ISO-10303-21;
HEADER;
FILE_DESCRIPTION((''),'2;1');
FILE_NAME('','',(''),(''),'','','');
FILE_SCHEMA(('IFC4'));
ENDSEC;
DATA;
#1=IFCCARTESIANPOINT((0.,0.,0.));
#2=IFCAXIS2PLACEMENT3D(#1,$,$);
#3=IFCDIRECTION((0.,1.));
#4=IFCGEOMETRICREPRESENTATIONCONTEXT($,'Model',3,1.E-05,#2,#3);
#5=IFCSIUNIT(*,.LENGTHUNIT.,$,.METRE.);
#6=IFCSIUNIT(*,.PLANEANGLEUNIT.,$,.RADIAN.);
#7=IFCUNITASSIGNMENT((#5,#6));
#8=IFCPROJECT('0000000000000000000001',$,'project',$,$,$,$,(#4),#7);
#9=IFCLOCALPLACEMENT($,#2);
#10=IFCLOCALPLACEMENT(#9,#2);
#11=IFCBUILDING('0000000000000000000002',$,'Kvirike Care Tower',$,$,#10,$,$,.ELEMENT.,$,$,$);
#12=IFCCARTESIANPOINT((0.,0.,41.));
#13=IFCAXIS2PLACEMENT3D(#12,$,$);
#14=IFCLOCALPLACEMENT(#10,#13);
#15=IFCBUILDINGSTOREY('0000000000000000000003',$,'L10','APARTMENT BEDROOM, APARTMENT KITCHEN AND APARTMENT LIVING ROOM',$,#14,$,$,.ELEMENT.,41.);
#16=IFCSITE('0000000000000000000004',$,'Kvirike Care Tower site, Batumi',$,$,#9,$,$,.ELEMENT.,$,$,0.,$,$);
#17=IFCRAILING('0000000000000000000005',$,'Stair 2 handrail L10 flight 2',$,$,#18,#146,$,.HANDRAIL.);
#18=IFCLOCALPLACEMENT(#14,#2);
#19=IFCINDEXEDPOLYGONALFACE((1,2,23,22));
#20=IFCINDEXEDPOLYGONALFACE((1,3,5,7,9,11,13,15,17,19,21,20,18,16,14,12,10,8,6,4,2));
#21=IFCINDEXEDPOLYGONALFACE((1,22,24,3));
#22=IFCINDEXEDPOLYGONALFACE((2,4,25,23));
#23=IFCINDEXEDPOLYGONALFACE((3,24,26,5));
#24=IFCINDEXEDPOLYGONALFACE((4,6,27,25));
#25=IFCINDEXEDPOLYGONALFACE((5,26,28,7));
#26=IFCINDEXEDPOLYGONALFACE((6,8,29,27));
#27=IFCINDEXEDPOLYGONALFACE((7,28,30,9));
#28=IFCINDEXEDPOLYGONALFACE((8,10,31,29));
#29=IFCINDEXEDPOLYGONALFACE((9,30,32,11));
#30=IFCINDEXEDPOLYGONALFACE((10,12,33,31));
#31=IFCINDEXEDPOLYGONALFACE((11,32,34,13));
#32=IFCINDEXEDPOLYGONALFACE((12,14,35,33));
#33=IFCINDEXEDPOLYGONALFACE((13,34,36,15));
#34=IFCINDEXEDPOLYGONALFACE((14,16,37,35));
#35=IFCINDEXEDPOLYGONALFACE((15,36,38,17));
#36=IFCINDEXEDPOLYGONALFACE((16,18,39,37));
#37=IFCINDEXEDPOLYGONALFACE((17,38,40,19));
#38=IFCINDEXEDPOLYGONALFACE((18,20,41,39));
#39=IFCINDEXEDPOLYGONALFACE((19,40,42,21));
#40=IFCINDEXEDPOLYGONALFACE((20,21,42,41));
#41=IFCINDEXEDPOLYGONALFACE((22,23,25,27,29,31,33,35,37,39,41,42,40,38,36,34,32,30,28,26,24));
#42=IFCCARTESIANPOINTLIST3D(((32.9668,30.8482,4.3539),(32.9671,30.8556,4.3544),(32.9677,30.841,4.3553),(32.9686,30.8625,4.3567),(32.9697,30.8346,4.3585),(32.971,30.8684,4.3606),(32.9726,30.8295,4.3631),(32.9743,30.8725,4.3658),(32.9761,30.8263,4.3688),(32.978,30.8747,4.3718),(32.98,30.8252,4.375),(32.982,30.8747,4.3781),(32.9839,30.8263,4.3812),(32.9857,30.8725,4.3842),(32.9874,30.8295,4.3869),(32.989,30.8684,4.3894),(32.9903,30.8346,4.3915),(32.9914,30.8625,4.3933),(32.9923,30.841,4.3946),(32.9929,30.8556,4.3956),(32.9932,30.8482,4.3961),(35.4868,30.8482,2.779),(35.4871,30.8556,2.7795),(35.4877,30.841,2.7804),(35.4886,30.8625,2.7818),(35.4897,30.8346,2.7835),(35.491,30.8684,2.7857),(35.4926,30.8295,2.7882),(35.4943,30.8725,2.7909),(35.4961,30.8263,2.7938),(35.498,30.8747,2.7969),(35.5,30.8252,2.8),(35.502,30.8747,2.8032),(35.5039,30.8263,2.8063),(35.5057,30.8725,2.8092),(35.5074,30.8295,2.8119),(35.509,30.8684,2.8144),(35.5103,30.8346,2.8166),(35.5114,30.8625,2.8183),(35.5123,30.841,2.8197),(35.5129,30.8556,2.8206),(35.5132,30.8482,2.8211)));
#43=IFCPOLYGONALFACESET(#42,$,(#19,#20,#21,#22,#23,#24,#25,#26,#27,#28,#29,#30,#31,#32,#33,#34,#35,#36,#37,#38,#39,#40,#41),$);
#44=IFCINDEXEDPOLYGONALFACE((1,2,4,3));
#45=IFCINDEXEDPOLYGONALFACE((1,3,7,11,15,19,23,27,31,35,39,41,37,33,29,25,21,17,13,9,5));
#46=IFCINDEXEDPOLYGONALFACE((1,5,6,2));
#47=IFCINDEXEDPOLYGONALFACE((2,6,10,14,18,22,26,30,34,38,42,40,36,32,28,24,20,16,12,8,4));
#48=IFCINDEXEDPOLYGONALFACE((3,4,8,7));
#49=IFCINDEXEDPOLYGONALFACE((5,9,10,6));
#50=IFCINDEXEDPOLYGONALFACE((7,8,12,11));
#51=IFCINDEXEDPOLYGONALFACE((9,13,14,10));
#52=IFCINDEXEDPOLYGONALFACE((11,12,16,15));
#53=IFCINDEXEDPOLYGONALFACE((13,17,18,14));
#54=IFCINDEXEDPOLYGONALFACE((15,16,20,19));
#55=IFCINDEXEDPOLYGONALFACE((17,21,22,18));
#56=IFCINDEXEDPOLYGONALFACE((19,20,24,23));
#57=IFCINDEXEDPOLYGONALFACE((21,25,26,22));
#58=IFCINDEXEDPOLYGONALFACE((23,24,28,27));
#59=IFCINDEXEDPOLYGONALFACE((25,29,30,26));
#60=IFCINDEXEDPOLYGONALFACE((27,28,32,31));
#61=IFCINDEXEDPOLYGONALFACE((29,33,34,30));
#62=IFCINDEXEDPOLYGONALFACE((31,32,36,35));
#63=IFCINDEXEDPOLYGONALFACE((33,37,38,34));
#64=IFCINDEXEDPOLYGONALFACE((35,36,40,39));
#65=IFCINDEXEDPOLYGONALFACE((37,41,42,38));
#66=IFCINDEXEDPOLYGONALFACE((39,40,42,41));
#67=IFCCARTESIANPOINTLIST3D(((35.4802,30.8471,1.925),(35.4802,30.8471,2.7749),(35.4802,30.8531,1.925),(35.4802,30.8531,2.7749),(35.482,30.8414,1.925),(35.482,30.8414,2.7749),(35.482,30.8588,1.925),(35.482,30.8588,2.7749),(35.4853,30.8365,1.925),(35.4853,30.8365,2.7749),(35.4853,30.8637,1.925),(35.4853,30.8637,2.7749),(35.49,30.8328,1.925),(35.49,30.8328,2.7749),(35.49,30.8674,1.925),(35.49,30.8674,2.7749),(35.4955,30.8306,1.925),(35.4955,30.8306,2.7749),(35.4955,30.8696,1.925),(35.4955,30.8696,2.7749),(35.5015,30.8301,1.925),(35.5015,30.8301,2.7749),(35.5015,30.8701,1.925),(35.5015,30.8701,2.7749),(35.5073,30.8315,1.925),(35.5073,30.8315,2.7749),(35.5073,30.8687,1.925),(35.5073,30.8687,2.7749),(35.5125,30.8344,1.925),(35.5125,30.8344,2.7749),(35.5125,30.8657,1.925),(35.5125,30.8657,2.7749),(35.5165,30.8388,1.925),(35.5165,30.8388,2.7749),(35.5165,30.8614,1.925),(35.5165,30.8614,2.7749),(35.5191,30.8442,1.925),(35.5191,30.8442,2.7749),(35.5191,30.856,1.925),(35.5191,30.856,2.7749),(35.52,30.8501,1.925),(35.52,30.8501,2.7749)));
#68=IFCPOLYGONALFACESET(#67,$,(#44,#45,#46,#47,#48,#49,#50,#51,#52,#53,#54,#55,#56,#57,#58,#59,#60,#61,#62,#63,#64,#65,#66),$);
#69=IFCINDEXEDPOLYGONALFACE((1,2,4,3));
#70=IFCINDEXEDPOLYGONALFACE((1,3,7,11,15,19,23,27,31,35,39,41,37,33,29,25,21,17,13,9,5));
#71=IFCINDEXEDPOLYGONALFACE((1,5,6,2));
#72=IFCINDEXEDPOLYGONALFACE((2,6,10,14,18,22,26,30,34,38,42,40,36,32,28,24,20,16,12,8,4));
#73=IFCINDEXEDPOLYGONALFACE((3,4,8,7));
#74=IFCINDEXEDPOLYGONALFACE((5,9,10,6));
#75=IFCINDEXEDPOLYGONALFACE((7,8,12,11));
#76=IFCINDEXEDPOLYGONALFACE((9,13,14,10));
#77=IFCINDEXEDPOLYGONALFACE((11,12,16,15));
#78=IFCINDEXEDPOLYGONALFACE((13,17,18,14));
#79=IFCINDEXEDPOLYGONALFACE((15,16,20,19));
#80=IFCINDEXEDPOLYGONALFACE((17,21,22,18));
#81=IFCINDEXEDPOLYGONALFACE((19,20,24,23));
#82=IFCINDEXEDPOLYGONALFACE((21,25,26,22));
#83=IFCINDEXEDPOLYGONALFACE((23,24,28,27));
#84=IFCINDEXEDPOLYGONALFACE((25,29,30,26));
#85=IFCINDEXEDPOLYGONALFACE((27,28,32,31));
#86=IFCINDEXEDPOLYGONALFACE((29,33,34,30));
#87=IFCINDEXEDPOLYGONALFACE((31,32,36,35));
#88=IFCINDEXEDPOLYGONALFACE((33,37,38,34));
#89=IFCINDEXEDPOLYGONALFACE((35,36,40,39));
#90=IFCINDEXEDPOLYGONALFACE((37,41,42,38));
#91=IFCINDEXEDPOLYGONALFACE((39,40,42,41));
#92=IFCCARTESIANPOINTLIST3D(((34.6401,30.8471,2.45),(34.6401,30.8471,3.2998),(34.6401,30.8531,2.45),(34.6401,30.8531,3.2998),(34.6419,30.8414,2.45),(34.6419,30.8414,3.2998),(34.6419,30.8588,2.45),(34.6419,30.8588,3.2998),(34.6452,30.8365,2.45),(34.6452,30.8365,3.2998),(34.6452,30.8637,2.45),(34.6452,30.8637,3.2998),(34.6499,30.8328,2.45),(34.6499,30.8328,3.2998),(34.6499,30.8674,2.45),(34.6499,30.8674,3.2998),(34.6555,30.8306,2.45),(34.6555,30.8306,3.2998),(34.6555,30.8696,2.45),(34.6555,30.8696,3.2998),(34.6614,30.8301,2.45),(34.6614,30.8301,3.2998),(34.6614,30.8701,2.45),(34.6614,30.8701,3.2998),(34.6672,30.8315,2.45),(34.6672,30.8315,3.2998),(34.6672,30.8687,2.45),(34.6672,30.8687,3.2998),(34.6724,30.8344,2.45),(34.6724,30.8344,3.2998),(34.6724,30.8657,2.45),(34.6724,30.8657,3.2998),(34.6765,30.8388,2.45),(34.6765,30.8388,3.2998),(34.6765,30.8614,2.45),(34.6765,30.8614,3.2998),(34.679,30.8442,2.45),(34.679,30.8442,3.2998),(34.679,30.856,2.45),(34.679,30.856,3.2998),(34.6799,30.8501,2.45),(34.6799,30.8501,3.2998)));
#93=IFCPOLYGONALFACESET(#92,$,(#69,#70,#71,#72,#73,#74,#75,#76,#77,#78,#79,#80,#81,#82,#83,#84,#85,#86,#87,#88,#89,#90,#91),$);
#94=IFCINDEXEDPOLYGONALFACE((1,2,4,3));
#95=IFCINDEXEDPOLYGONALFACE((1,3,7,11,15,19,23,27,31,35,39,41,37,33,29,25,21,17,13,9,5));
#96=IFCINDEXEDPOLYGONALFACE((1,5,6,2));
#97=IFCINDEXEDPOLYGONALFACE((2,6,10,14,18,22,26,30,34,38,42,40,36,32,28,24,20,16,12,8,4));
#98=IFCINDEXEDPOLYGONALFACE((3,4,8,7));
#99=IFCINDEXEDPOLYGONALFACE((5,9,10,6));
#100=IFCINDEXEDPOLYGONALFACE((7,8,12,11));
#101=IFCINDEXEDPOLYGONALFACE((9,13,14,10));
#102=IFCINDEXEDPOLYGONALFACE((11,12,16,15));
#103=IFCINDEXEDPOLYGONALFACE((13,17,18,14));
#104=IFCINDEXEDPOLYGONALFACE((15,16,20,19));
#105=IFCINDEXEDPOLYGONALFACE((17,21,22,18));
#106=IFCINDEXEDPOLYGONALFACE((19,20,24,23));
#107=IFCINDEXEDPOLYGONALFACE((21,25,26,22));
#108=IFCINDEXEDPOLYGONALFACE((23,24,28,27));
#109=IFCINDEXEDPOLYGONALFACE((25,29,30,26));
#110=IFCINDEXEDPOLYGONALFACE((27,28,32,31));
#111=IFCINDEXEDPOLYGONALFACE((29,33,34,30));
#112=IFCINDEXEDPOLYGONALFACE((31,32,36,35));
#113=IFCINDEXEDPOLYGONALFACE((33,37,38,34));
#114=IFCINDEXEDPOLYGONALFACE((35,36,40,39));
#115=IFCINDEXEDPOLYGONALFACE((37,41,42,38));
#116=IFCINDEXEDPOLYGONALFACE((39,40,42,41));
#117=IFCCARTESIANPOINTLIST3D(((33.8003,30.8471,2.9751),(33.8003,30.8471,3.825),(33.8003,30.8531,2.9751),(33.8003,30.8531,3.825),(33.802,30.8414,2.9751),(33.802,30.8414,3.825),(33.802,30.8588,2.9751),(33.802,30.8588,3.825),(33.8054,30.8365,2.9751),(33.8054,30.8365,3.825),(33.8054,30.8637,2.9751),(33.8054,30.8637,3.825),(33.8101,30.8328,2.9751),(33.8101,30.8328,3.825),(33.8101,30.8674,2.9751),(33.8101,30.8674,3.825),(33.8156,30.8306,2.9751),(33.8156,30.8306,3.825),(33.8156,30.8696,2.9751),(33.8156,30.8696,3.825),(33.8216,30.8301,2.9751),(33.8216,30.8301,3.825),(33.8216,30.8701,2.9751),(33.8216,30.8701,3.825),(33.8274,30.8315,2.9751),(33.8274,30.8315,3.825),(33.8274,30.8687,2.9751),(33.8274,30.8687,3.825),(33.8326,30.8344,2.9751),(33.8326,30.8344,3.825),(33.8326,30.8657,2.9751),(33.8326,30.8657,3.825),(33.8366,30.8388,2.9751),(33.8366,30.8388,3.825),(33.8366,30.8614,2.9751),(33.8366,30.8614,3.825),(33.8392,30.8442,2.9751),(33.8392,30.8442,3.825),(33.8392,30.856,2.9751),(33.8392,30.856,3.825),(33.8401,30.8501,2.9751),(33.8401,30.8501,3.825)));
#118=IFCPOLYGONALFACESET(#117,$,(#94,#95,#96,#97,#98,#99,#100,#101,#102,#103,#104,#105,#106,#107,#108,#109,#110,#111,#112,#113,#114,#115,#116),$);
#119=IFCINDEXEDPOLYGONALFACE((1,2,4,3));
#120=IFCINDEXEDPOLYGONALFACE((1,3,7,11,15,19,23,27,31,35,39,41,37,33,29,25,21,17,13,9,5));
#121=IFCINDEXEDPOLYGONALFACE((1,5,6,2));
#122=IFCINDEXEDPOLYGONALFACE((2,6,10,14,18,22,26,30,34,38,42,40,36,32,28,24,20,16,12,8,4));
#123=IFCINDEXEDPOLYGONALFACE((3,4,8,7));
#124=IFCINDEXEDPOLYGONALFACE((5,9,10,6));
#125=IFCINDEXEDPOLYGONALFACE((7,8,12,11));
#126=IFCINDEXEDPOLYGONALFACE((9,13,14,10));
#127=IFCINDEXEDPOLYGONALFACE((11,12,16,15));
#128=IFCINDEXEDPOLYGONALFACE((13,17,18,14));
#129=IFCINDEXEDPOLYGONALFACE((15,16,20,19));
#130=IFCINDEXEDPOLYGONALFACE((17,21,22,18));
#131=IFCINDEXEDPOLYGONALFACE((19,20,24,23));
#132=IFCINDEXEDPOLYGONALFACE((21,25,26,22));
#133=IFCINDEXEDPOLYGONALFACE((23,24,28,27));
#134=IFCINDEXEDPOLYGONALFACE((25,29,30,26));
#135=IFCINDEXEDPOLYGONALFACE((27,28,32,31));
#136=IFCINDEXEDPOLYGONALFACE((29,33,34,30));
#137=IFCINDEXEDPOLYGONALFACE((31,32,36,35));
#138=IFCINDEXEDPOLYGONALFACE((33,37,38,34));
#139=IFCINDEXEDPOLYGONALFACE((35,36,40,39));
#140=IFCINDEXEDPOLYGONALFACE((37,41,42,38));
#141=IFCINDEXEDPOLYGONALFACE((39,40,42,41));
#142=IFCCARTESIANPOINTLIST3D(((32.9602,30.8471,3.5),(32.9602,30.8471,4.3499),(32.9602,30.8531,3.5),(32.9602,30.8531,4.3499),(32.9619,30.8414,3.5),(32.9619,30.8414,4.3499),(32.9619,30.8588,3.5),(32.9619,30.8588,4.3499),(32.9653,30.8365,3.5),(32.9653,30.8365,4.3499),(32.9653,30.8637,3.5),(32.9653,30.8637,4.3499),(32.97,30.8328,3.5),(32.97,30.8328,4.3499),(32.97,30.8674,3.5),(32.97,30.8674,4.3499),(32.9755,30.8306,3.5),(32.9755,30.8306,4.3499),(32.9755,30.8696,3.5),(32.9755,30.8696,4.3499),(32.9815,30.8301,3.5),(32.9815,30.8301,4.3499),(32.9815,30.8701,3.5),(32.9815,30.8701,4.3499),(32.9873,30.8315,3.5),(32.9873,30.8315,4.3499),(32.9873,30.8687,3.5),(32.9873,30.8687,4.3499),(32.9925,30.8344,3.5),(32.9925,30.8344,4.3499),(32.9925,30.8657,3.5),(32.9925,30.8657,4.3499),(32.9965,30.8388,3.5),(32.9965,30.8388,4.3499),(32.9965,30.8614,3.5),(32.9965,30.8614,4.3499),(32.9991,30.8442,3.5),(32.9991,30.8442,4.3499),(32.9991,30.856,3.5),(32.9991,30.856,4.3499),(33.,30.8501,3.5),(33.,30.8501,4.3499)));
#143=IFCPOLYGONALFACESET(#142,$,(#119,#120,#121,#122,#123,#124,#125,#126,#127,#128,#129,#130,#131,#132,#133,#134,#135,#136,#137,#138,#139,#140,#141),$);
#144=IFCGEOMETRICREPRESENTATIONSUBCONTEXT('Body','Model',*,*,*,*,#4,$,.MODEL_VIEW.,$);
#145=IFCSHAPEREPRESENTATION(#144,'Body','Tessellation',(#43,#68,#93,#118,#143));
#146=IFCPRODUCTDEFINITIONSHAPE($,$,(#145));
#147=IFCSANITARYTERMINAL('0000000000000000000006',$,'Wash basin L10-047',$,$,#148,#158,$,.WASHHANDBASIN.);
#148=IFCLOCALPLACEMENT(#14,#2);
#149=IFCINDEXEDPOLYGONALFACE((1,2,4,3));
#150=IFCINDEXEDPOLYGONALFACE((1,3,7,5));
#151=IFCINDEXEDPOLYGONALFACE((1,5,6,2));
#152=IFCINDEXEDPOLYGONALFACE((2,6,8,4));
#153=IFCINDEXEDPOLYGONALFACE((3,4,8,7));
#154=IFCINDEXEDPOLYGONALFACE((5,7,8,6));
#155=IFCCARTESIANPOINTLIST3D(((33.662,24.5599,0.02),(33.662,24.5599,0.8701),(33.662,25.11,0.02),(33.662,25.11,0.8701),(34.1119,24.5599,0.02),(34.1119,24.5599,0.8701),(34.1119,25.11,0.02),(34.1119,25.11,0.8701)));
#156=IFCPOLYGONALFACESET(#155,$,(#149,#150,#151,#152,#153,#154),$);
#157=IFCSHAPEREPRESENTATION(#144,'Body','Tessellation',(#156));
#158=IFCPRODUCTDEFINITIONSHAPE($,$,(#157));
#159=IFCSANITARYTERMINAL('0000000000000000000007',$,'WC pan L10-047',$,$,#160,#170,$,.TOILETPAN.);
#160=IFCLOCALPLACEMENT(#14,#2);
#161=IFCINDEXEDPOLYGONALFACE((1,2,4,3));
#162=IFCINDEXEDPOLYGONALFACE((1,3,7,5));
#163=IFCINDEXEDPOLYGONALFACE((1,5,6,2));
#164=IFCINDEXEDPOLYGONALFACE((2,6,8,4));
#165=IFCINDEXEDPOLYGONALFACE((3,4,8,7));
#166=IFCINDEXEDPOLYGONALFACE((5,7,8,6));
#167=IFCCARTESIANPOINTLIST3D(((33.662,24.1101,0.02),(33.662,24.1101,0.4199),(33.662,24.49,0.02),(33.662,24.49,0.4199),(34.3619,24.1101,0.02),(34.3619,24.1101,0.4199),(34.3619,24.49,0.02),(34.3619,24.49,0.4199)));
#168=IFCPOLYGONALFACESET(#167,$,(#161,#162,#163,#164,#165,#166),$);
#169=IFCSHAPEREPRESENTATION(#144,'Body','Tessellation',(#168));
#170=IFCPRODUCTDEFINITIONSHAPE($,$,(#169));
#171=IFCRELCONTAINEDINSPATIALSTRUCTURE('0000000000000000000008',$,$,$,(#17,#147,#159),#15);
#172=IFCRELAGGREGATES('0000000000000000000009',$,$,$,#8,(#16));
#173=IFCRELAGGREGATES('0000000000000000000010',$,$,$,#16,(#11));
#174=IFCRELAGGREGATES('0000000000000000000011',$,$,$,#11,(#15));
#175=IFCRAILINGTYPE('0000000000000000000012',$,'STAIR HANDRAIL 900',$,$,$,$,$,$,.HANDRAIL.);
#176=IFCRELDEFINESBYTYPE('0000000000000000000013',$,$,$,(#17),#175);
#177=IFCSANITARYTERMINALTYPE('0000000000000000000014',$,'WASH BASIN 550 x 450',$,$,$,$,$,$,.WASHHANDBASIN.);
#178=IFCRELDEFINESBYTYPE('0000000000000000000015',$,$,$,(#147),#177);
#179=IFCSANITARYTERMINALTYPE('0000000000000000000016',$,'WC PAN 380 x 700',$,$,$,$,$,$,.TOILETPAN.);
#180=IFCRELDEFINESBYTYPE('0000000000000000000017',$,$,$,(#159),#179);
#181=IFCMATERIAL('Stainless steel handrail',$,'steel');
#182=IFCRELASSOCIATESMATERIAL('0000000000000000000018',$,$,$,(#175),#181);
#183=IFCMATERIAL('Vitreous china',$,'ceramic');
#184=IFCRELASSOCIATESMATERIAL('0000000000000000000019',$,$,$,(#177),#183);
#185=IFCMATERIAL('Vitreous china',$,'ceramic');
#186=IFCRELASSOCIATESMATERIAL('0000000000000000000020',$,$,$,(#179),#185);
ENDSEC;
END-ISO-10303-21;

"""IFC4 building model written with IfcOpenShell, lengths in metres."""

from ifc_helpers import new_model, si_unit, direction, frame, origin, origin_2d, place, context, subcontext, project, spatial, rectangle, circle, extrude, material, type_object, element, save


model = new_model("IFC4")

# Units and contexts
model_context = context("Model", 3, precision=1e-05, world=origin(), true_north=direction((0.0, 1.0)))
body_context = subcontext(model_context, "Body", "Model", "MODEL_VIEW")
ifc_project = project(units=[si_unit("LENGTHUNIT", "METRE"), si_unit("PLANEANGLEUNIT", "RADIAN")], contexts=[model_context])

# Site, building, storey
site_placement = place(None, origin())
site = spatial("IfcSite", under=ifc_project, at=site_placement, Name="Kvirike Care Tower site, Batumi", CompositionType="ELEMENT", RefElevation=0.0)
building_placement = place(site_placement, origin())
building = spatial("IfcBuilding", under=site, at=building_placement, Name="Kvirike Care Tower", CompositionType="ELEMENT")
storey_placement = place(building_placement, frame((0.0, 0.0, 41.0)))
storey = spatial("IfcBuildingStorey", under=building, at=storey_placement, Name="L10", Description="APARTMENT BEDROOM, APARTMENT KITCHEN AND APARTMENT LIVING ROOM", CompositionType="ELEMENT", Elevation=41.0)

# Railing
ifc_material_1 = material(Name="Stainless steel handrail", Category="steel")
railing_type = type_object("IfcRailingType", Name="STAIR HANDRAIL 900", PredefinedType="HANDRAIL", material=ifc_material_1)
railing_placement = place(storey_placement, frame((35.5, 30.8501, 1.925)))
element("IfcRailing", 1, at=railing_placement, inside=storey, type_object=railing_type, Name="Stair 2 handrail L10 flight 2", PredefinedType="HANDRAIL", context=body_context, shape_type="SweptSolid", body=[
    extrude(circle(Radius=0.0249, at=origin_2d()), frame((0.0, 0.0, 0.875), z_axis=(-0.848008, 0.0, 0.529984), x_axis=(0.0, -1.0, 0.0)), (0.0, 0.0, 1.0), 2.9717),
    extrude(circle(Radius=0.02, at=origin_2d()), origin(), (0.0, 0.0, 1.0), 0.8499),
    extrude(circle(Radius=0.02, at=origin_2d()), frame((-0.8401, 0.0, 0.5249)), (0.0, 0.0, 1.0), 0.8499),
    extrude(circle(Radius=0.02, at=origin_2d()), frame((-1.6799, 0.0, 1.05)), (0.0, 0.0, 1.0), 0.8499),
    extrude(circle(Radius=0.02, at=origin_2d()), frame((-2.52, 0.0, 1.575)), (0.0, 0.0, 1.0), 0.8499),
])

# Sanitary terminals
ifc_material_2 = material(Name="Vitreous china", Category="ceramic")
sanitary_terminal_type_1 = type_object("IfcSanitaryTerminalType", Name="WASH BASIN 550 x 450", PredefinedType="WASHHANDBASIN", material=ifc_material_2)
sanitary_terminal_1_placement = place(storey_placement, frame((33.887, 24.835, 0.02), z_axis=(0.0, 0.0, 1.0), x_axis=(0.0, 1.0, 0.0)))
element("IfcSanitaryTerminal", 2, at=sanitary_terminal_1_placement, inside=storey, type_object=sanitary_terminal_type_1, Name="Wash basin L10-047", PredefinedType="WASHHANDBASIN", context=body_context, shape_type="SweptSolid", body=[
    extrude(rectangle(XDim=0.55, YDim=0.45, at=origin_2d()), origin(), (0.0, 0.0, 1.0), 0.8501),
])
ifc_material_3 = material(Name="Vitreous china", Category="ceramic")
sanitary_terminal_type_2 = type_object("IfcSanitaryTerminalType", Name="WC PAN 380 x 700", PredefinedType="TOILETPAN", material=ifc_material_3)
sanitary_terminal_2_placement = place(storey_placement, frame((34.012, 24.3, 0.02), z_axis=(0.0, 0.0, 1.0), x_axis=(0.0, 1.0, 0.0)))
element("IfcSanitaryTerminal", 3, at=sanitary_terminal_2_placement, inside=storey, type_object=sanitary_terminal_type_2, Name="WC pan L10-047", PredefinedType="TOILETPAN", context=body_context, shape_type="SweptSolid", body=[
    extrude(rectangle(XDim=0.3799, YDim=0.7, at=origin_2d()), origin(), (0.0, 0.0, 1.0), 0.3999),
])

save(model, "model.ifc")
